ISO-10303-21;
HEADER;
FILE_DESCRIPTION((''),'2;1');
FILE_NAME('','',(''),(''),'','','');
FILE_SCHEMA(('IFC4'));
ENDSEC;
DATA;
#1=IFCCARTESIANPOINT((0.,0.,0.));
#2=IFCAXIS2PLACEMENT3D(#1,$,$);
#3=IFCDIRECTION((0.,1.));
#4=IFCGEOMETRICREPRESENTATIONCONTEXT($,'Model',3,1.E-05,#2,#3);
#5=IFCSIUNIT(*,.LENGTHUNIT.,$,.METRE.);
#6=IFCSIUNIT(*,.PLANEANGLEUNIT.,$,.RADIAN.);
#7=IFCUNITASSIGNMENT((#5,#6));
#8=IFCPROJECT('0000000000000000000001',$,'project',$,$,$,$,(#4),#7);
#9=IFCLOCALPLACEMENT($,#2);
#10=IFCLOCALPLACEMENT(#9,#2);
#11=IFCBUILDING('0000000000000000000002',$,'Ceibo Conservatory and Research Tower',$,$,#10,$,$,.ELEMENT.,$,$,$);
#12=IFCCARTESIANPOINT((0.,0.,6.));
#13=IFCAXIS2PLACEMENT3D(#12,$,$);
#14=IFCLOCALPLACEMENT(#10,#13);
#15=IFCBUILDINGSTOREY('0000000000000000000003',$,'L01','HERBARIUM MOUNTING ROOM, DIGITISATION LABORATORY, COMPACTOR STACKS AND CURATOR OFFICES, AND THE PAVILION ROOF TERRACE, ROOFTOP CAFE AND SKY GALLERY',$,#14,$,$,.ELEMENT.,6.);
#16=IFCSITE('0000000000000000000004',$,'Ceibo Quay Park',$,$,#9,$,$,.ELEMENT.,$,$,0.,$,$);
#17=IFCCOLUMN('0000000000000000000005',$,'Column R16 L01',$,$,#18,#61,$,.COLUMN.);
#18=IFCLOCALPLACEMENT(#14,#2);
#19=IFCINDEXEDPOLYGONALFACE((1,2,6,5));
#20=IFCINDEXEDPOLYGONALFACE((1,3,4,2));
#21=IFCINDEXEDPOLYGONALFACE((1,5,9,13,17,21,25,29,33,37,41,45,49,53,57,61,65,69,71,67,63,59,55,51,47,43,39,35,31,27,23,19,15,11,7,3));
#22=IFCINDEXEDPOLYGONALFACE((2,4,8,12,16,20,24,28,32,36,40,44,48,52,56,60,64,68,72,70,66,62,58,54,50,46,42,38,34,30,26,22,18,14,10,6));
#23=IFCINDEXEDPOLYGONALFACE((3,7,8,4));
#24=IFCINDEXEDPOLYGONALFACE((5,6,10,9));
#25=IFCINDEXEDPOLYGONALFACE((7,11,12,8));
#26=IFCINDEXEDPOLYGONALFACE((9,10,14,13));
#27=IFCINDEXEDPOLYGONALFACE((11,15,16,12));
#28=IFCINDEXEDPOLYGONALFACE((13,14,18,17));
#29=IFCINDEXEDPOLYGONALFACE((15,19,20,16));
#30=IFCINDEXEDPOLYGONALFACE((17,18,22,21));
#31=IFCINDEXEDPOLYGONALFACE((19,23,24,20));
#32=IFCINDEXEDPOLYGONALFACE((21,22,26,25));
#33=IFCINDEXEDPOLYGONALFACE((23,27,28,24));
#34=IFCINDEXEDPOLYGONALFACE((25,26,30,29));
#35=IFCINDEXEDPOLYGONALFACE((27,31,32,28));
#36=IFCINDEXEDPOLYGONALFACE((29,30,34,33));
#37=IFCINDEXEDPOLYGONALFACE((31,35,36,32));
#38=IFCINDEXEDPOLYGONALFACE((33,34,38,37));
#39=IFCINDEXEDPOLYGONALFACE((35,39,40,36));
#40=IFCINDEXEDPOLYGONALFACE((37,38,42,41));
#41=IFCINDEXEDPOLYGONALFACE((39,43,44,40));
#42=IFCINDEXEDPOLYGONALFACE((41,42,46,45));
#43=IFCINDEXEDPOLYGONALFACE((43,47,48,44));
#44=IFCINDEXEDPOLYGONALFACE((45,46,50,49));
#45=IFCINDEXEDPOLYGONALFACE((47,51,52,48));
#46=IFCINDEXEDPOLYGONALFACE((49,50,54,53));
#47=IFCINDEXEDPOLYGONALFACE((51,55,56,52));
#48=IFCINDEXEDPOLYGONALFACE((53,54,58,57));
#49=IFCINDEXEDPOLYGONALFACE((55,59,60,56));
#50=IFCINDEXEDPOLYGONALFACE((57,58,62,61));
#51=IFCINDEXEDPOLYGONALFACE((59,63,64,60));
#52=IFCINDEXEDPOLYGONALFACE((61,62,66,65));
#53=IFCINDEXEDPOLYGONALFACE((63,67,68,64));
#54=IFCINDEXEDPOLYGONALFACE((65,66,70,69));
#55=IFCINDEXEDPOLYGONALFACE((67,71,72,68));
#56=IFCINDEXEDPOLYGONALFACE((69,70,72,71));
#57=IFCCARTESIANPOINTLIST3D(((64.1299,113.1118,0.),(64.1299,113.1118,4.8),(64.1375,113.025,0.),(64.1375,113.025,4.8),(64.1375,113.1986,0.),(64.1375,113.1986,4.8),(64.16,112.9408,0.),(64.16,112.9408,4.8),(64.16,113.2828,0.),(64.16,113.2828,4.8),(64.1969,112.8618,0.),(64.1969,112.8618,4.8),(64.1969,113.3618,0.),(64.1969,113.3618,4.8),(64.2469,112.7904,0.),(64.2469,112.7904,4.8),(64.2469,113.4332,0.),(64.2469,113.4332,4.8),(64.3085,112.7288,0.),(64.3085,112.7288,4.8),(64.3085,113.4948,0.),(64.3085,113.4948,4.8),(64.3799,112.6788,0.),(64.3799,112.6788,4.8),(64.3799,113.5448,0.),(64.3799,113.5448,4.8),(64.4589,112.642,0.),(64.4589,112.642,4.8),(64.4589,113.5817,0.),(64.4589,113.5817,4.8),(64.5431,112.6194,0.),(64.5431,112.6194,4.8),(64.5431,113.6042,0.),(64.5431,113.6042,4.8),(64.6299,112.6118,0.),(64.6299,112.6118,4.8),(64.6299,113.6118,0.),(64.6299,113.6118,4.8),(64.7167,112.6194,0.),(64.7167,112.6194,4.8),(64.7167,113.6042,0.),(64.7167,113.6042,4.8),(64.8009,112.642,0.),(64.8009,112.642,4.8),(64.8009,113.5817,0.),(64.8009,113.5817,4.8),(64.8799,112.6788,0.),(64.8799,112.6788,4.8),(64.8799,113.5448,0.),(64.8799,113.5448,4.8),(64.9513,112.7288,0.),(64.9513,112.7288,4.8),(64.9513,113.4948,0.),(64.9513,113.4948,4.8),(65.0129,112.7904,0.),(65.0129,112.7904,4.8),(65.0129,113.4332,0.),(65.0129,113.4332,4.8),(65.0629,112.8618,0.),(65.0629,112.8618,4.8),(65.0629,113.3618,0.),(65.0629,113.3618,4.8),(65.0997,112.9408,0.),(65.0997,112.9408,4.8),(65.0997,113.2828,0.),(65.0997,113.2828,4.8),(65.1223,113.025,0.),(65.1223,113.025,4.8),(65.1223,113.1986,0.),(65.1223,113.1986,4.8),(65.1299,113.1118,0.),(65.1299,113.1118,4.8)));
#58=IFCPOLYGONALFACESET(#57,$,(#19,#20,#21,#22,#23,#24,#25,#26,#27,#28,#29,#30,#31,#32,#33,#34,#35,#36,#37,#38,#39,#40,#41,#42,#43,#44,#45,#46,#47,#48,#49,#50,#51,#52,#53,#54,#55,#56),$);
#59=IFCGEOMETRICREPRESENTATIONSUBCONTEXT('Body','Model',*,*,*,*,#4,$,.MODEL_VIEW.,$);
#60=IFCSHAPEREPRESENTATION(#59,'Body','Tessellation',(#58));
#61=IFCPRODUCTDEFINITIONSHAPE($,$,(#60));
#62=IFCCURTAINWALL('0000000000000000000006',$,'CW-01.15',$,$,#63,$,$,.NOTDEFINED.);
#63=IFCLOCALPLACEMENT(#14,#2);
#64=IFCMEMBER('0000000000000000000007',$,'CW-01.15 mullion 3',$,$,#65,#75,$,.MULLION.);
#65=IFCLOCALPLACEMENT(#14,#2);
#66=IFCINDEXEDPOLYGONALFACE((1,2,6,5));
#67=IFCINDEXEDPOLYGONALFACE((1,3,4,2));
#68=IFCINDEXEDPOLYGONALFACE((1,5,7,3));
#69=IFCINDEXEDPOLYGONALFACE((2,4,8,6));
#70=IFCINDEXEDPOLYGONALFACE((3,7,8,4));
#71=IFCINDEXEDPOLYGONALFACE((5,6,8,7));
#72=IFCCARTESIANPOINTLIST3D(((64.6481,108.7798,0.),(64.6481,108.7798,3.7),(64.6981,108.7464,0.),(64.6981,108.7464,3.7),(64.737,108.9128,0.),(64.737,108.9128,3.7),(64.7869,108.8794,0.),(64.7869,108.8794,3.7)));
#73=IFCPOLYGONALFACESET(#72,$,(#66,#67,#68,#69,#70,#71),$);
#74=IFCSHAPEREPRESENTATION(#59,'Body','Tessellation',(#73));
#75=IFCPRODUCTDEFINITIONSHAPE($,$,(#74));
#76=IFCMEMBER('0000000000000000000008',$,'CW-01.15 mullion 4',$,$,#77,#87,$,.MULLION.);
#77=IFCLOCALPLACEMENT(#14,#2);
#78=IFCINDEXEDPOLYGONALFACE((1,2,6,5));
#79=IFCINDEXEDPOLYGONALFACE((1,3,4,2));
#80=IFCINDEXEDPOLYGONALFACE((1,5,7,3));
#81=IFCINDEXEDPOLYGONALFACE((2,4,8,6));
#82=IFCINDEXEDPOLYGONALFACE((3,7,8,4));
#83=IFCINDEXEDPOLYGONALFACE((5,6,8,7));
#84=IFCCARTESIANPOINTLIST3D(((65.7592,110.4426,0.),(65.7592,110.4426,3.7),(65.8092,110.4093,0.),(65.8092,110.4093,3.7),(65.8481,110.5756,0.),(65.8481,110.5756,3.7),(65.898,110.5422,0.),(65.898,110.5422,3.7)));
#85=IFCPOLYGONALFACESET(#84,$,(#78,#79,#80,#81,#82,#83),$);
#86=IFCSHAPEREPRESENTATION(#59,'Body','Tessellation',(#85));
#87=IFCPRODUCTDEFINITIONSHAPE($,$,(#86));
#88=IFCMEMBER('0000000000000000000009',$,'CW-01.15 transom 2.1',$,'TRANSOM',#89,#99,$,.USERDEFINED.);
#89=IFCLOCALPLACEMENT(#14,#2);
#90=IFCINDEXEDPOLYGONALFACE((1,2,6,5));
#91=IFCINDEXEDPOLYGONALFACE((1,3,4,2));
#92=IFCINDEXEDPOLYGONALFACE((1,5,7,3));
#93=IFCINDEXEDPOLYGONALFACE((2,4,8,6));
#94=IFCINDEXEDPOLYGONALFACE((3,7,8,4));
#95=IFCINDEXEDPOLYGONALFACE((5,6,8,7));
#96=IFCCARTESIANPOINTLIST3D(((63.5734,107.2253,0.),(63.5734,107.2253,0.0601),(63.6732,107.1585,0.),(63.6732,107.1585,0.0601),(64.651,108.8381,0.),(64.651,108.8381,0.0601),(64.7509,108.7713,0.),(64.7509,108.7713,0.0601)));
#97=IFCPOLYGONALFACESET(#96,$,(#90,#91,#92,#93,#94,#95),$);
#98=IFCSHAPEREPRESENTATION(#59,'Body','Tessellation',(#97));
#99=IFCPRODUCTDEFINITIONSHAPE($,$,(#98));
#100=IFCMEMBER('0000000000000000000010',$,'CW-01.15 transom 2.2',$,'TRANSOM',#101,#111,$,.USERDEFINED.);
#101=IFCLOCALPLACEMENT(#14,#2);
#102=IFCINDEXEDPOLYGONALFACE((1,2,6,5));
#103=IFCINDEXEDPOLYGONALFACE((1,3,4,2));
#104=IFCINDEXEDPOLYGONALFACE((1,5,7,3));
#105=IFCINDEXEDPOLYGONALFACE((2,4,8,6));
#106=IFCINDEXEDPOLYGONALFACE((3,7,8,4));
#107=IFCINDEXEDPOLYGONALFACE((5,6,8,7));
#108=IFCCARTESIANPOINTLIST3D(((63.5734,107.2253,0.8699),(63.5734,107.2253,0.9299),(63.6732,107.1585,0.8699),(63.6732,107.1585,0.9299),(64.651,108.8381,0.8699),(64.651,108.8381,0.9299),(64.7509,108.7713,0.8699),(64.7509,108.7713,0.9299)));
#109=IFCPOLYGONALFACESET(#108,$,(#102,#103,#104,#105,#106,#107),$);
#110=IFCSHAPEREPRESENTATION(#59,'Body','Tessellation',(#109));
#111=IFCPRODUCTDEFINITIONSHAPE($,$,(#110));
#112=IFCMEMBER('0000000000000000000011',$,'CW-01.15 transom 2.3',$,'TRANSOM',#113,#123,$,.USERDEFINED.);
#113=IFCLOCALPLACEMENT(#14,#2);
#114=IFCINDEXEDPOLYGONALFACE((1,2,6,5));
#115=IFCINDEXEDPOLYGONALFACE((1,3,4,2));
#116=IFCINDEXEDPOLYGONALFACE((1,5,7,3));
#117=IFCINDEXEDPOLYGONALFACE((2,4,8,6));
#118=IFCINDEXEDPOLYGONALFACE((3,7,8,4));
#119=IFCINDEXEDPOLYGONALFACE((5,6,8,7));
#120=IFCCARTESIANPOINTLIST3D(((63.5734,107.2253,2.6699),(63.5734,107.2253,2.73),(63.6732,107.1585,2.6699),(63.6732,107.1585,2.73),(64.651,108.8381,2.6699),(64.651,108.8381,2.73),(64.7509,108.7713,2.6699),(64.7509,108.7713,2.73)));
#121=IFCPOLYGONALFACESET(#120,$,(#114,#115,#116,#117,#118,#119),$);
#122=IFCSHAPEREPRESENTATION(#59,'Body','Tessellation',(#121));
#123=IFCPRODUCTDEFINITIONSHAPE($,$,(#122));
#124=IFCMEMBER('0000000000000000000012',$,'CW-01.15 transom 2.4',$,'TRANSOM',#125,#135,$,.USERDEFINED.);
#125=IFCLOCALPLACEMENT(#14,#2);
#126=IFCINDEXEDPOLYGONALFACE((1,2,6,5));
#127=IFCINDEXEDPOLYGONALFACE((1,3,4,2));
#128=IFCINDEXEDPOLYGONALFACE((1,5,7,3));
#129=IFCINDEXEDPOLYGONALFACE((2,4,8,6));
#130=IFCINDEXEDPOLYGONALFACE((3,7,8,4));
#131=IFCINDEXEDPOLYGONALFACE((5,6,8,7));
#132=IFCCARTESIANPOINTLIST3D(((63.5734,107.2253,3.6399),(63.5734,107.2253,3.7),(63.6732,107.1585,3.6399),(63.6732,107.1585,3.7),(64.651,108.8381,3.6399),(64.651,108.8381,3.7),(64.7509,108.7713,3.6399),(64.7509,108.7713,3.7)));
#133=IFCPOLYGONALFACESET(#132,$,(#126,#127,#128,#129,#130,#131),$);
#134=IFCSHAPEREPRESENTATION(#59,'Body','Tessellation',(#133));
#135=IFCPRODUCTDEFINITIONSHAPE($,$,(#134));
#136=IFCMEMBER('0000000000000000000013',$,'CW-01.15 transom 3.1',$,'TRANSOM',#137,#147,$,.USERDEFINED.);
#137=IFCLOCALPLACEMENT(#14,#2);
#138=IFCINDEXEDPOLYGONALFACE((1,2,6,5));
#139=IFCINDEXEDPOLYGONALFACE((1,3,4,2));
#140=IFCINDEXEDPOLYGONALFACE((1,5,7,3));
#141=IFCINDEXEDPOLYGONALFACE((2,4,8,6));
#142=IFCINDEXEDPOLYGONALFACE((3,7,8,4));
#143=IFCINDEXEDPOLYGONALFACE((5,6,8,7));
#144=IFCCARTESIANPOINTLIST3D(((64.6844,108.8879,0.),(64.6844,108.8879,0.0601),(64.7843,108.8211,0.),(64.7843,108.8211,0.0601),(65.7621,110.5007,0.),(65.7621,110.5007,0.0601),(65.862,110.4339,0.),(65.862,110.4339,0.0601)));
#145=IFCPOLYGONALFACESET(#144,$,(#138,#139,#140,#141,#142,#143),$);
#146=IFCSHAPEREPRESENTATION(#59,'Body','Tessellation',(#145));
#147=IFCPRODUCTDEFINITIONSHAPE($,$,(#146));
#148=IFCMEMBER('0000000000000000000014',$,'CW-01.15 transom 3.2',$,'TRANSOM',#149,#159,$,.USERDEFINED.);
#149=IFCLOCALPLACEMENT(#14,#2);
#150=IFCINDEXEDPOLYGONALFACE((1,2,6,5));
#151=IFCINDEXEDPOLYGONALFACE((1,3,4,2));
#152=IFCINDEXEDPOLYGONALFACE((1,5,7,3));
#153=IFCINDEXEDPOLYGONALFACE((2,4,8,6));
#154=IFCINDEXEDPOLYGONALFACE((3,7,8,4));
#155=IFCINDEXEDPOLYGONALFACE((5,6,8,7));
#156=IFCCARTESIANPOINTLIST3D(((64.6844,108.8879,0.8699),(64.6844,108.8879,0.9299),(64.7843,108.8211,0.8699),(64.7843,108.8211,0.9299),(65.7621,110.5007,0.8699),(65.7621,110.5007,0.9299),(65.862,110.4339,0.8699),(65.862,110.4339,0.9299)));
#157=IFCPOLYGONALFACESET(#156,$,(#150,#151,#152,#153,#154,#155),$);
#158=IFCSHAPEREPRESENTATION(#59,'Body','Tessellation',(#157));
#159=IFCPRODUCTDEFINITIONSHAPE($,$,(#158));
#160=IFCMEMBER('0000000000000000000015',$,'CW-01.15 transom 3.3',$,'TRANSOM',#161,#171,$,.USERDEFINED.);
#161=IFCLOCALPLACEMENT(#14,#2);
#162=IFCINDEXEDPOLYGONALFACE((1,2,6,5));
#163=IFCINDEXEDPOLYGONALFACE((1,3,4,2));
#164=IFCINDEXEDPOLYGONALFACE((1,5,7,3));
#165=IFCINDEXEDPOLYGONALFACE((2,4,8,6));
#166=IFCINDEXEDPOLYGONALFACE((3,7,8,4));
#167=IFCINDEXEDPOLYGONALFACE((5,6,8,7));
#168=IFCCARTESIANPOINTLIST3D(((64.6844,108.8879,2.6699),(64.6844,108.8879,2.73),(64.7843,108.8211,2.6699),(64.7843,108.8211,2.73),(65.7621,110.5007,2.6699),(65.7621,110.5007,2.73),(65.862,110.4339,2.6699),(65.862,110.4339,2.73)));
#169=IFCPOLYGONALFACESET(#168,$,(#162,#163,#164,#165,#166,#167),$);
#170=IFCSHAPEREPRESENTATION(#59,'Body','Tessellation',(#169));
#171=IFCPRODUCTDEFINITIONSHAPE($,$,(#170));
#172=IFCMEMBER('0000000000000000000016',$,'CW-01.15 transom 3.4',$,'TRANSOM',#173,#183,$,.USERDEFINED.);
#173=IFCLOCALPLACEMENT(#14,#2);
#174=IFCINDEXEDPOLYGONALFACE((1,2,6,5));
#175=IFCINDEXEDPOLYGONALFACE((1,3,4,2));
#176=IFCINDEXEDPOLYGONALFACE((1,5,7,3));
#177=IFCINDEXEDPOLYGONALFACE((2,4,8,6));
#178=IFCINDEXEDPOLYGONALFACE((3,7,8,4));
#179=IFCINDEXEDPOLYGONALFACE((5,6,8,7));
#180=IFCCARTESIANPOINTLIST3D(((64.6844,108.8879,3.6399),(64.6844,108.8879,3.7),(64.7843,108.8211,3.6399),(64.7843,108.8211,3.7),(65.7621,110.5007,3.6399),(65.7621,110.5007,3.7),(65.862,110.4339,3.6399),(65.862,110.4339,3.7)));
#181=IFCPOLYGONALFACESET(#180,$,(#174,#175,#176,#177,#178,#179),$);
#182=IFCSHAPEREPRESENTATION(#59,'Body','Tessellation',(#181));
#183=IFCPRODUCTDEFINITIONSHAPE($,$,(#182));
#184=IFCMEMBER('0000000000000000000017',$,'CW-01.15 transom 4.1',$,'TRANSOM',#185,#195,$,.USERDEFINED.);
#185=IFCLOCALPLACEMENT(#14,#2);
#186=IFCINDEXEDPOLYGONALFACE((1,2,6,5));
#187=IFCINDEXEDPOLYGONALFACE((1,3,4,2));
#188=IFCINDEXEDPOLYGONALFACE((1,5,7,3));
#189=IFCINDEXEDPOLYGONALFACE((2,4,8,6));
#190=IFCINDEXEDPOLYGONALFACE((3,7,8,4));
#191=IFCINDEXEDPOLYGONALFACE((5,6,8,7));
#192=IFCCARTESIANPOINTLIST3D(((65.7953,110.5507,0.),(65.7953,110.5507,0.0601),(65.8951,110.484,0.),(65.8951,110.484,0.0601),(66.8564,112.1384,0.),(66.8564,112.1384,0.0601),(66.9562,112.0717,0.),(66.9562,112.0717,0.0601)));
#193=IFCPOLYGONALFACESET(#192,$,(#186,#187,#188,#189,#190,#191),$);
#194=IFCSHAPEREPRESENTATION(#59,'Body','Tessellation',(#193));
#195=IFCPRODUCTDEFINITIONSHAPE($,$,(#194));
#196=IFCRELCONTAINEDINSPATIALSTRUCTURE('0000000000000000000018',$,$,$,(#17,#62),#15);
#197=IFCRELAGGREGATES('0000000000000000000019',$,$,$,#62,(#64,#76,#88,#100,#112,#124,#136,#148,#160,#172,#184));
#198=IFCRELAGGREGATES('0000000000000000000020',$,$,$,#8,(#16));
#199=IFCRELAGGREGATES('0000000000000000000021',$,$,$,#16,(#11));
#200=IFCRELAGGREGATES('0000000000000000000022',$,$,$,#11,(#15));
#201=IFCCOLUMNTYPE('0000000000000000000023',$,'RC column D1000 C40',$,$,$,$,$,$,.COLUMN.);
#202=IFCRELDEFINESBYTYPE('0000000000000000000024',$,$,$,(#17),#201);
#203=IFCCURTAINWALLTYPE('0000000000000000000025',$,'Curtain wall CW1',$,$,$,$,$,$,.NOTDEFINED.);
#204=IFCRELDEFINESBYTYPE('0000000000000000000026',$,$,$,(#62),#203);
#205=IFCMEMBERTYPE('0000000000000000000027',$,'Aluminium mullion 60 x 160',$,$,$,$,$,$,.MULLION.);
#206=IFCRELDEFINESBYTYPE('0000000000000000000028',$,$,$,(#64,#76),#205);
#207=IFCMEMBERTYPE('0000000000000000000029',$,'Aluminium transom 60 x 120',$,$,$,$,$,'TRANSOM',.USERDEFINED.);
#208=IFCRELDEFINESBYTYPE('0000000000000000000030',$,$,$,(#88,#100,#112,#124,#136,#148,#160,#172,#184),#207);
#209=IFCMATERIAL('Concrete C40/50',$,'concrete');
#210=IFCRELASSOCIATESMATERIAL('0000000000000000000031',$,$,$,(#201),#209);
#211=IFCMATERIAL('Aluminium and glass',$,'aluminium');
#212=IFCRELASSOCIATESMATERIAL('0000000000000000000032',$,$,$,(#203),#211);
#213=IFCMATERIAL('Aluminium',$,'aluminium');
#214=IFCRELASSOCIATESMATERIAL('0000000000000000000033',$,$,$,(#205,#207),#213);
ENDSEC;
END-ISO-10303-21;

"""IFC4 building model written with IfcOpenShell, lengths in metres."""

from ifc_helpers import new_model, si_unit, direction, frame, origin, origin_2d, place, context, subcontext, project, spatial, rectangle, circle, extrude, material, material_profile, profile_set, type_object, element, aggregate, save


model = new_model("IFC4")

# Units and contexts
model_context = context("Model", 3, precision=1e-05, world=origin(), true_north=direction((0.0, 1.0)))
body_context = subcontext(model_context, "Body", "Model", "MODEL_VIEW")
ifc_project = project(units=[si_unit("LENGTHUNIT", "METRE"), si_unit("PLANEANGLEUNIT", "RADIAN")], contexts=[model_context])

# Site, building, storey
site_placement = place(None, origin())
site = spatial("IfcSite", under=ifc_project, at=site_placement, Name="Ceibo Quay Park", CompositionType="ELEMENT", RefElevation=0.0)
building_placement = place(site_placement, origin())
building = spatial("IfcBuilding", under=site, at=building_placement, Name="Ceibo Conservatory and Research Tower", CompositionType="ELEMENT")
storey_placement = place(building_placement, frame((0.0, 0.0, 6.0)))
storey = spatial("IfcBuildingStorey", under=building, at=storey_placement, Name="L01", Description="HERBARIUM MOUNTING ROOM, DIGITISATION LABORATORY, COMPACTOR STACKS AND CURATOR OFFICES, AND THE PAVILION ROOF TERRACE, ROOFTOP CAFE AND SKY GALLERY", CompositionType="ELEMENT", Elevation=6.0)

# Column
ifc_material_1 = material(Name="Concrete C40/50", Category="concrete")
ifc_material_profile_1 = material_profile(ifc_material_1, circle(Radius=0.5, at=origin_2d()), Name="RC D1000")
ifc_profile_set_1 = profile_set([ifc_material_profile_1], Name="Concrete C40/50")
column_type = type_object("IfcColumnType", Name="RC column D1000 C40", PredefinedType="COLUMN", material=ifc_profile_set_1)
column_placement = place(storey_placement, frame((64.6299, 113.1118, 0.0), z_axis=(0.0, 0.0, 1.0), x_axis=(1.0, 0.0, 0.0)))
element("IfcColumn", 1, at=column_placement, inside=storey, type_object=column_type, Name="Column R16 L01", PredefinedType="COLUMN", context=body_context, shape_type="SweptSolid", body=[
    extrude(circle(Radius=0.5, at=origin_2d()), origin(), (0.0, 0.0, 1.0), 4.8),
])

# Curtain wall, members
ifc_material_2 = material(Name="Aluminium and glass", Category="aluminium")
curtain_wall_type = type_object("IfcCurtainWallType", Name="Curtain wall CW1", PredefinedType="NOTDEFINED", material=ifc_material_2)
curtain_wall_placement = place(storey_placement, origin())
curtain_wall = element("IfcCurtainWall", 2, at=curtain_wall_placement, inside=storey, type_object=curtain_wall_type, Name="CW-01.15", PredefinedType="NOTDEFINED")
ifc_material_3 = material(Name="Aluminium", Category="aluminium")
ifc_material_profile_2 = material_profile(ifc_material_3, rectangle(XDim=0.0601, YDim=0.1599, at=origin_2d()), Name="Aluminium 60 x 160")
ifc_profile_set_2 = profile_set([ifc_material_profile_2], Name="Aluminium")
member_type_1 = type_object("IfcMemberType", Name="Aluminium mullion 60 x 160", PredefinedType="MULLION", material=ifc_profile_set_2)
member_1_placement = place(storey_placement, frame((64.7175, 108.8296, 0.0), z_axis=(0.0, 0.0, 1.0), x_axis=(-0.83147, 0.55557, 0.0)))
member_1 = element("IfcMember", 3, at=member_1_placement, type_object=member_type_1, Name="CW-01.15 mullion 3", PredefinedType="MULLION", context=body_context, shape_type="SweptSolid", body=[
    extrude(rectangle(XDim=0.0601, YDim=0.1599, at=origin_2d()), origin(), (0.0, 0.0, 1.0), 3.7),
])
member_2_placement = place(storey_placement, frame((65.8286, 110.4924, 0.0), z_axis=(0.0, 0.0, 1.0), x_axis=(-0.83147, 0.55557, 0.0)))
member_2 = element("IfcMember", 4, at=member_2_placement, type_object=member_type_1, Name="CW-01.15 mullion 4", PredefinedType="MULLION", context=body_context, shape_type="SweptSolid", body=[
    extrude(rectangle(XDim=0.0601, YDim=0.1599, at=origin_2d()), origin(), (0.0, 0.0, 1.0), 3.7),
])
ifc_material_profile_3 = material_profile(ifc_material_3, rectangle(XDim=0.1201, YDim=0.0601, at=origin_2d()), Name="Aluminium 60 x 120")
ifc_profile_set_3 = profile_set([ifc_material_profile_3], Name="Aluminium")
member_type_2 = type_object("IfcMemberType", Name="Aluminium transom 60 x 120", ElementType="TRANSOM", PredefinedType="USERDEFINED", material=ifc_profile_set_3)
member_3_placement = place(storey_placement, frame((63.6233, 107.1919, 0.03), z_axis=(0.555571, 0.831469, 0.0), x_axis=(-0.831469, 0.555571, 0.0)))
member_3 = element("IfcMember", 5, at=member_3_placement, type_object=member_type_2, Name="CW-01.15 transom 2.1", ObjectType="TRANSOM", PredefinedType="USERDEFINED", context=body_context, shape_type="SweptSolid", body=[
    extrude(rectangle(XDim=0.1201, YDim=0.0601, at=origin_2d()), origin(), (0.0, 0.0, 1.0), 1.9397),
])
member_4_placement = place(storey_placement, frame((63.6233, 107.1919, 0.8999), z_axis=(0.555571, 0.831469, 0.0), x_axis=(-0.831469, 0.555571, 0.0)))
member_4 = element("IfcMember", 6, at=member_4_placement, type_object=member_type_2, Name="CW-01.15 transom 2.2", ObjectType="TRANSOM", PredefinedType="USERDEFINED", context=body_context, shape_type="SweptSolid", body=[
    extrude(rectangle(XDim=0.1201, YDim=0.0601, at=origin_2d()), origin(), (0.0, 0.0, 1.0), 1.9397),
])
member_5_placement = place(storey_placement, frame((63.6233, 107.1919, 2.7), z_axis=(0.555571, 0.831469, 0.0), x_axis=(-0.831469, 0.555571, 0.0)))
member_5 = element("IfcMember", 7, at=member_5_placement, type_object=member_type_2, Name="CW-01.15 transom 2.3", ObjectType="TRANSOM", PredefinedType="USERDEFINED", context=body_context, shape_type="SweptSolid", body=[
    extrude(rectangle(XDim=0.1201, YDim=0.0601, at=origin_2d()), origin(), (0.0, 0.0, 1.0), 1.9397),
])
member_6_placement = place(storey_placement, frame((63.6233, 107.1919, 3.6699), z_axis=(0.555571, 0.831469, 0.0), x_axis=(-0.831469, 0.555571, 0.0)))
member_6 = element("IfcMember", 8, at=member_6_placement, type_object=member_type_2, Name="CW-01.15 transom 2.4", ObjectType="TRANSOM", PredefinedType="USERDEFINED", context=body_context, shape_type="SweptSolid", body=[
    extrude(rectangle(XDim=0.1201, YDim=0.0601, at=origin_2d()), origin(), (0.0, 0.0, 1.0), 1.9397),
])
member_7_placement = place(storey_placement, frame((64.7344, 108.8545, 0.03), z_axis=(0.555571, 0.831469, 0.0), x_axis=(-0.831469, 0.555571, 0.0)))
member_7 = element("IfcMember", 9, at=member_7_placement, type_object=member_type_2, Name="CW-01.15 transom 3.1", ObjectType="TRANSOM", PredefinedType="USERDEFINED", context=body_context, shape_type="SweptSolid", body=[
    extrude(rectangle(XDim=0.1201, YDim=0.0601, at=origin_2d()), origin(), (0.0, 0.0, 1.0), 1.9397),
])
member_8_placement = place(storey_placement, frame((64.7344, 108.8545, 0.8999), z_axis=(0.555571, 0.831469, 0.0), x_axis=(-0.831469, 0.555571, 0.0)))
member_8 = element("IfcMember", 10, at=member_8_placement, type_object=member_type_2, Name="CW-01.15 transom 3.2", ObjectType="TRANSOM", PredefinedType="USERDEFINED", context=body_context, shape_type="SweptSolid", body=[
    extrude(rectangle(XDim=0.1201, YDim=0.0601, at=origin_2d()), origin(), (0.0, 0.0, 1.0), 1.9397),
])
member_9_placement = place(storey_placement, frame((64.7344, 108.8545, 2.7), z_axis=(0.555571, 0.831469, 0.0), x_axis=(-0.831469, 0.555571, 0.0)))
member_9 = element("IfcMember", 11, at=member_9_placement, type_object=member_type_2, Name="CW-01.15 transom 3.3", ObjectType="TRANSOM", PredefinedType="USERDEFINED", context=body_context, shape_type="SweptSolid", body=[
    extrude(rectangle(XDim=0.1201, YDim=0.0601, at=origin_2d()), origin(), (0.0, 0.0, 1.0), 1.9397),
])
member_10_placement = place(storey_placement, frame((64.7344, 108.8545, 3.6699), z_axis=(0.555571, 0.831469, 0.0), x_axis=(-0.831469, 0.555571, 0.0)))
member_10 = element("IfcMember", 12, at=member_10_placement, type_object=member_type_2, Name="CW-01.15 transom 3.4", ObjectType="TRANSOM", PredefinedType="USERDEFINED", context=body_context, shape_type="SweptSolid", body=[
    extrude(rectangle(XDim=0.1201, YDim=0.0601, at=origin_2d()), origin(), (0.0, 0.0, 1.0), 1.9397),
])
member_11_placement = place(storey_placement, frame((65.8452, 110.5173, 0.03), z_axis=(0.555644, 0.83142, 0.0), x_axis=(-0.83142, 0.555644, 0.0)))
member_11 = element("IfcMember", 13, at=member_11_placement, type_object=member_type_2, Name="CW-01.15 transom 4.1", ObjectType="TRANSOM", PredefinedType="USERDEFINED", context=body_context, shape_type="SweptSolid", body=[
    extrude(rectangle(XDim=0.1201, YDim=0.0601, at=origin_2d()), origin(), (0.0, 0.0, 1.0), 1.9097),
])

aggregate(curtain_wall, [member_1, member_2, member_3, member_4, member_5, member_6, member_7, member_8, member_9, member_10, member_11])

save(model, "model.ifc")
